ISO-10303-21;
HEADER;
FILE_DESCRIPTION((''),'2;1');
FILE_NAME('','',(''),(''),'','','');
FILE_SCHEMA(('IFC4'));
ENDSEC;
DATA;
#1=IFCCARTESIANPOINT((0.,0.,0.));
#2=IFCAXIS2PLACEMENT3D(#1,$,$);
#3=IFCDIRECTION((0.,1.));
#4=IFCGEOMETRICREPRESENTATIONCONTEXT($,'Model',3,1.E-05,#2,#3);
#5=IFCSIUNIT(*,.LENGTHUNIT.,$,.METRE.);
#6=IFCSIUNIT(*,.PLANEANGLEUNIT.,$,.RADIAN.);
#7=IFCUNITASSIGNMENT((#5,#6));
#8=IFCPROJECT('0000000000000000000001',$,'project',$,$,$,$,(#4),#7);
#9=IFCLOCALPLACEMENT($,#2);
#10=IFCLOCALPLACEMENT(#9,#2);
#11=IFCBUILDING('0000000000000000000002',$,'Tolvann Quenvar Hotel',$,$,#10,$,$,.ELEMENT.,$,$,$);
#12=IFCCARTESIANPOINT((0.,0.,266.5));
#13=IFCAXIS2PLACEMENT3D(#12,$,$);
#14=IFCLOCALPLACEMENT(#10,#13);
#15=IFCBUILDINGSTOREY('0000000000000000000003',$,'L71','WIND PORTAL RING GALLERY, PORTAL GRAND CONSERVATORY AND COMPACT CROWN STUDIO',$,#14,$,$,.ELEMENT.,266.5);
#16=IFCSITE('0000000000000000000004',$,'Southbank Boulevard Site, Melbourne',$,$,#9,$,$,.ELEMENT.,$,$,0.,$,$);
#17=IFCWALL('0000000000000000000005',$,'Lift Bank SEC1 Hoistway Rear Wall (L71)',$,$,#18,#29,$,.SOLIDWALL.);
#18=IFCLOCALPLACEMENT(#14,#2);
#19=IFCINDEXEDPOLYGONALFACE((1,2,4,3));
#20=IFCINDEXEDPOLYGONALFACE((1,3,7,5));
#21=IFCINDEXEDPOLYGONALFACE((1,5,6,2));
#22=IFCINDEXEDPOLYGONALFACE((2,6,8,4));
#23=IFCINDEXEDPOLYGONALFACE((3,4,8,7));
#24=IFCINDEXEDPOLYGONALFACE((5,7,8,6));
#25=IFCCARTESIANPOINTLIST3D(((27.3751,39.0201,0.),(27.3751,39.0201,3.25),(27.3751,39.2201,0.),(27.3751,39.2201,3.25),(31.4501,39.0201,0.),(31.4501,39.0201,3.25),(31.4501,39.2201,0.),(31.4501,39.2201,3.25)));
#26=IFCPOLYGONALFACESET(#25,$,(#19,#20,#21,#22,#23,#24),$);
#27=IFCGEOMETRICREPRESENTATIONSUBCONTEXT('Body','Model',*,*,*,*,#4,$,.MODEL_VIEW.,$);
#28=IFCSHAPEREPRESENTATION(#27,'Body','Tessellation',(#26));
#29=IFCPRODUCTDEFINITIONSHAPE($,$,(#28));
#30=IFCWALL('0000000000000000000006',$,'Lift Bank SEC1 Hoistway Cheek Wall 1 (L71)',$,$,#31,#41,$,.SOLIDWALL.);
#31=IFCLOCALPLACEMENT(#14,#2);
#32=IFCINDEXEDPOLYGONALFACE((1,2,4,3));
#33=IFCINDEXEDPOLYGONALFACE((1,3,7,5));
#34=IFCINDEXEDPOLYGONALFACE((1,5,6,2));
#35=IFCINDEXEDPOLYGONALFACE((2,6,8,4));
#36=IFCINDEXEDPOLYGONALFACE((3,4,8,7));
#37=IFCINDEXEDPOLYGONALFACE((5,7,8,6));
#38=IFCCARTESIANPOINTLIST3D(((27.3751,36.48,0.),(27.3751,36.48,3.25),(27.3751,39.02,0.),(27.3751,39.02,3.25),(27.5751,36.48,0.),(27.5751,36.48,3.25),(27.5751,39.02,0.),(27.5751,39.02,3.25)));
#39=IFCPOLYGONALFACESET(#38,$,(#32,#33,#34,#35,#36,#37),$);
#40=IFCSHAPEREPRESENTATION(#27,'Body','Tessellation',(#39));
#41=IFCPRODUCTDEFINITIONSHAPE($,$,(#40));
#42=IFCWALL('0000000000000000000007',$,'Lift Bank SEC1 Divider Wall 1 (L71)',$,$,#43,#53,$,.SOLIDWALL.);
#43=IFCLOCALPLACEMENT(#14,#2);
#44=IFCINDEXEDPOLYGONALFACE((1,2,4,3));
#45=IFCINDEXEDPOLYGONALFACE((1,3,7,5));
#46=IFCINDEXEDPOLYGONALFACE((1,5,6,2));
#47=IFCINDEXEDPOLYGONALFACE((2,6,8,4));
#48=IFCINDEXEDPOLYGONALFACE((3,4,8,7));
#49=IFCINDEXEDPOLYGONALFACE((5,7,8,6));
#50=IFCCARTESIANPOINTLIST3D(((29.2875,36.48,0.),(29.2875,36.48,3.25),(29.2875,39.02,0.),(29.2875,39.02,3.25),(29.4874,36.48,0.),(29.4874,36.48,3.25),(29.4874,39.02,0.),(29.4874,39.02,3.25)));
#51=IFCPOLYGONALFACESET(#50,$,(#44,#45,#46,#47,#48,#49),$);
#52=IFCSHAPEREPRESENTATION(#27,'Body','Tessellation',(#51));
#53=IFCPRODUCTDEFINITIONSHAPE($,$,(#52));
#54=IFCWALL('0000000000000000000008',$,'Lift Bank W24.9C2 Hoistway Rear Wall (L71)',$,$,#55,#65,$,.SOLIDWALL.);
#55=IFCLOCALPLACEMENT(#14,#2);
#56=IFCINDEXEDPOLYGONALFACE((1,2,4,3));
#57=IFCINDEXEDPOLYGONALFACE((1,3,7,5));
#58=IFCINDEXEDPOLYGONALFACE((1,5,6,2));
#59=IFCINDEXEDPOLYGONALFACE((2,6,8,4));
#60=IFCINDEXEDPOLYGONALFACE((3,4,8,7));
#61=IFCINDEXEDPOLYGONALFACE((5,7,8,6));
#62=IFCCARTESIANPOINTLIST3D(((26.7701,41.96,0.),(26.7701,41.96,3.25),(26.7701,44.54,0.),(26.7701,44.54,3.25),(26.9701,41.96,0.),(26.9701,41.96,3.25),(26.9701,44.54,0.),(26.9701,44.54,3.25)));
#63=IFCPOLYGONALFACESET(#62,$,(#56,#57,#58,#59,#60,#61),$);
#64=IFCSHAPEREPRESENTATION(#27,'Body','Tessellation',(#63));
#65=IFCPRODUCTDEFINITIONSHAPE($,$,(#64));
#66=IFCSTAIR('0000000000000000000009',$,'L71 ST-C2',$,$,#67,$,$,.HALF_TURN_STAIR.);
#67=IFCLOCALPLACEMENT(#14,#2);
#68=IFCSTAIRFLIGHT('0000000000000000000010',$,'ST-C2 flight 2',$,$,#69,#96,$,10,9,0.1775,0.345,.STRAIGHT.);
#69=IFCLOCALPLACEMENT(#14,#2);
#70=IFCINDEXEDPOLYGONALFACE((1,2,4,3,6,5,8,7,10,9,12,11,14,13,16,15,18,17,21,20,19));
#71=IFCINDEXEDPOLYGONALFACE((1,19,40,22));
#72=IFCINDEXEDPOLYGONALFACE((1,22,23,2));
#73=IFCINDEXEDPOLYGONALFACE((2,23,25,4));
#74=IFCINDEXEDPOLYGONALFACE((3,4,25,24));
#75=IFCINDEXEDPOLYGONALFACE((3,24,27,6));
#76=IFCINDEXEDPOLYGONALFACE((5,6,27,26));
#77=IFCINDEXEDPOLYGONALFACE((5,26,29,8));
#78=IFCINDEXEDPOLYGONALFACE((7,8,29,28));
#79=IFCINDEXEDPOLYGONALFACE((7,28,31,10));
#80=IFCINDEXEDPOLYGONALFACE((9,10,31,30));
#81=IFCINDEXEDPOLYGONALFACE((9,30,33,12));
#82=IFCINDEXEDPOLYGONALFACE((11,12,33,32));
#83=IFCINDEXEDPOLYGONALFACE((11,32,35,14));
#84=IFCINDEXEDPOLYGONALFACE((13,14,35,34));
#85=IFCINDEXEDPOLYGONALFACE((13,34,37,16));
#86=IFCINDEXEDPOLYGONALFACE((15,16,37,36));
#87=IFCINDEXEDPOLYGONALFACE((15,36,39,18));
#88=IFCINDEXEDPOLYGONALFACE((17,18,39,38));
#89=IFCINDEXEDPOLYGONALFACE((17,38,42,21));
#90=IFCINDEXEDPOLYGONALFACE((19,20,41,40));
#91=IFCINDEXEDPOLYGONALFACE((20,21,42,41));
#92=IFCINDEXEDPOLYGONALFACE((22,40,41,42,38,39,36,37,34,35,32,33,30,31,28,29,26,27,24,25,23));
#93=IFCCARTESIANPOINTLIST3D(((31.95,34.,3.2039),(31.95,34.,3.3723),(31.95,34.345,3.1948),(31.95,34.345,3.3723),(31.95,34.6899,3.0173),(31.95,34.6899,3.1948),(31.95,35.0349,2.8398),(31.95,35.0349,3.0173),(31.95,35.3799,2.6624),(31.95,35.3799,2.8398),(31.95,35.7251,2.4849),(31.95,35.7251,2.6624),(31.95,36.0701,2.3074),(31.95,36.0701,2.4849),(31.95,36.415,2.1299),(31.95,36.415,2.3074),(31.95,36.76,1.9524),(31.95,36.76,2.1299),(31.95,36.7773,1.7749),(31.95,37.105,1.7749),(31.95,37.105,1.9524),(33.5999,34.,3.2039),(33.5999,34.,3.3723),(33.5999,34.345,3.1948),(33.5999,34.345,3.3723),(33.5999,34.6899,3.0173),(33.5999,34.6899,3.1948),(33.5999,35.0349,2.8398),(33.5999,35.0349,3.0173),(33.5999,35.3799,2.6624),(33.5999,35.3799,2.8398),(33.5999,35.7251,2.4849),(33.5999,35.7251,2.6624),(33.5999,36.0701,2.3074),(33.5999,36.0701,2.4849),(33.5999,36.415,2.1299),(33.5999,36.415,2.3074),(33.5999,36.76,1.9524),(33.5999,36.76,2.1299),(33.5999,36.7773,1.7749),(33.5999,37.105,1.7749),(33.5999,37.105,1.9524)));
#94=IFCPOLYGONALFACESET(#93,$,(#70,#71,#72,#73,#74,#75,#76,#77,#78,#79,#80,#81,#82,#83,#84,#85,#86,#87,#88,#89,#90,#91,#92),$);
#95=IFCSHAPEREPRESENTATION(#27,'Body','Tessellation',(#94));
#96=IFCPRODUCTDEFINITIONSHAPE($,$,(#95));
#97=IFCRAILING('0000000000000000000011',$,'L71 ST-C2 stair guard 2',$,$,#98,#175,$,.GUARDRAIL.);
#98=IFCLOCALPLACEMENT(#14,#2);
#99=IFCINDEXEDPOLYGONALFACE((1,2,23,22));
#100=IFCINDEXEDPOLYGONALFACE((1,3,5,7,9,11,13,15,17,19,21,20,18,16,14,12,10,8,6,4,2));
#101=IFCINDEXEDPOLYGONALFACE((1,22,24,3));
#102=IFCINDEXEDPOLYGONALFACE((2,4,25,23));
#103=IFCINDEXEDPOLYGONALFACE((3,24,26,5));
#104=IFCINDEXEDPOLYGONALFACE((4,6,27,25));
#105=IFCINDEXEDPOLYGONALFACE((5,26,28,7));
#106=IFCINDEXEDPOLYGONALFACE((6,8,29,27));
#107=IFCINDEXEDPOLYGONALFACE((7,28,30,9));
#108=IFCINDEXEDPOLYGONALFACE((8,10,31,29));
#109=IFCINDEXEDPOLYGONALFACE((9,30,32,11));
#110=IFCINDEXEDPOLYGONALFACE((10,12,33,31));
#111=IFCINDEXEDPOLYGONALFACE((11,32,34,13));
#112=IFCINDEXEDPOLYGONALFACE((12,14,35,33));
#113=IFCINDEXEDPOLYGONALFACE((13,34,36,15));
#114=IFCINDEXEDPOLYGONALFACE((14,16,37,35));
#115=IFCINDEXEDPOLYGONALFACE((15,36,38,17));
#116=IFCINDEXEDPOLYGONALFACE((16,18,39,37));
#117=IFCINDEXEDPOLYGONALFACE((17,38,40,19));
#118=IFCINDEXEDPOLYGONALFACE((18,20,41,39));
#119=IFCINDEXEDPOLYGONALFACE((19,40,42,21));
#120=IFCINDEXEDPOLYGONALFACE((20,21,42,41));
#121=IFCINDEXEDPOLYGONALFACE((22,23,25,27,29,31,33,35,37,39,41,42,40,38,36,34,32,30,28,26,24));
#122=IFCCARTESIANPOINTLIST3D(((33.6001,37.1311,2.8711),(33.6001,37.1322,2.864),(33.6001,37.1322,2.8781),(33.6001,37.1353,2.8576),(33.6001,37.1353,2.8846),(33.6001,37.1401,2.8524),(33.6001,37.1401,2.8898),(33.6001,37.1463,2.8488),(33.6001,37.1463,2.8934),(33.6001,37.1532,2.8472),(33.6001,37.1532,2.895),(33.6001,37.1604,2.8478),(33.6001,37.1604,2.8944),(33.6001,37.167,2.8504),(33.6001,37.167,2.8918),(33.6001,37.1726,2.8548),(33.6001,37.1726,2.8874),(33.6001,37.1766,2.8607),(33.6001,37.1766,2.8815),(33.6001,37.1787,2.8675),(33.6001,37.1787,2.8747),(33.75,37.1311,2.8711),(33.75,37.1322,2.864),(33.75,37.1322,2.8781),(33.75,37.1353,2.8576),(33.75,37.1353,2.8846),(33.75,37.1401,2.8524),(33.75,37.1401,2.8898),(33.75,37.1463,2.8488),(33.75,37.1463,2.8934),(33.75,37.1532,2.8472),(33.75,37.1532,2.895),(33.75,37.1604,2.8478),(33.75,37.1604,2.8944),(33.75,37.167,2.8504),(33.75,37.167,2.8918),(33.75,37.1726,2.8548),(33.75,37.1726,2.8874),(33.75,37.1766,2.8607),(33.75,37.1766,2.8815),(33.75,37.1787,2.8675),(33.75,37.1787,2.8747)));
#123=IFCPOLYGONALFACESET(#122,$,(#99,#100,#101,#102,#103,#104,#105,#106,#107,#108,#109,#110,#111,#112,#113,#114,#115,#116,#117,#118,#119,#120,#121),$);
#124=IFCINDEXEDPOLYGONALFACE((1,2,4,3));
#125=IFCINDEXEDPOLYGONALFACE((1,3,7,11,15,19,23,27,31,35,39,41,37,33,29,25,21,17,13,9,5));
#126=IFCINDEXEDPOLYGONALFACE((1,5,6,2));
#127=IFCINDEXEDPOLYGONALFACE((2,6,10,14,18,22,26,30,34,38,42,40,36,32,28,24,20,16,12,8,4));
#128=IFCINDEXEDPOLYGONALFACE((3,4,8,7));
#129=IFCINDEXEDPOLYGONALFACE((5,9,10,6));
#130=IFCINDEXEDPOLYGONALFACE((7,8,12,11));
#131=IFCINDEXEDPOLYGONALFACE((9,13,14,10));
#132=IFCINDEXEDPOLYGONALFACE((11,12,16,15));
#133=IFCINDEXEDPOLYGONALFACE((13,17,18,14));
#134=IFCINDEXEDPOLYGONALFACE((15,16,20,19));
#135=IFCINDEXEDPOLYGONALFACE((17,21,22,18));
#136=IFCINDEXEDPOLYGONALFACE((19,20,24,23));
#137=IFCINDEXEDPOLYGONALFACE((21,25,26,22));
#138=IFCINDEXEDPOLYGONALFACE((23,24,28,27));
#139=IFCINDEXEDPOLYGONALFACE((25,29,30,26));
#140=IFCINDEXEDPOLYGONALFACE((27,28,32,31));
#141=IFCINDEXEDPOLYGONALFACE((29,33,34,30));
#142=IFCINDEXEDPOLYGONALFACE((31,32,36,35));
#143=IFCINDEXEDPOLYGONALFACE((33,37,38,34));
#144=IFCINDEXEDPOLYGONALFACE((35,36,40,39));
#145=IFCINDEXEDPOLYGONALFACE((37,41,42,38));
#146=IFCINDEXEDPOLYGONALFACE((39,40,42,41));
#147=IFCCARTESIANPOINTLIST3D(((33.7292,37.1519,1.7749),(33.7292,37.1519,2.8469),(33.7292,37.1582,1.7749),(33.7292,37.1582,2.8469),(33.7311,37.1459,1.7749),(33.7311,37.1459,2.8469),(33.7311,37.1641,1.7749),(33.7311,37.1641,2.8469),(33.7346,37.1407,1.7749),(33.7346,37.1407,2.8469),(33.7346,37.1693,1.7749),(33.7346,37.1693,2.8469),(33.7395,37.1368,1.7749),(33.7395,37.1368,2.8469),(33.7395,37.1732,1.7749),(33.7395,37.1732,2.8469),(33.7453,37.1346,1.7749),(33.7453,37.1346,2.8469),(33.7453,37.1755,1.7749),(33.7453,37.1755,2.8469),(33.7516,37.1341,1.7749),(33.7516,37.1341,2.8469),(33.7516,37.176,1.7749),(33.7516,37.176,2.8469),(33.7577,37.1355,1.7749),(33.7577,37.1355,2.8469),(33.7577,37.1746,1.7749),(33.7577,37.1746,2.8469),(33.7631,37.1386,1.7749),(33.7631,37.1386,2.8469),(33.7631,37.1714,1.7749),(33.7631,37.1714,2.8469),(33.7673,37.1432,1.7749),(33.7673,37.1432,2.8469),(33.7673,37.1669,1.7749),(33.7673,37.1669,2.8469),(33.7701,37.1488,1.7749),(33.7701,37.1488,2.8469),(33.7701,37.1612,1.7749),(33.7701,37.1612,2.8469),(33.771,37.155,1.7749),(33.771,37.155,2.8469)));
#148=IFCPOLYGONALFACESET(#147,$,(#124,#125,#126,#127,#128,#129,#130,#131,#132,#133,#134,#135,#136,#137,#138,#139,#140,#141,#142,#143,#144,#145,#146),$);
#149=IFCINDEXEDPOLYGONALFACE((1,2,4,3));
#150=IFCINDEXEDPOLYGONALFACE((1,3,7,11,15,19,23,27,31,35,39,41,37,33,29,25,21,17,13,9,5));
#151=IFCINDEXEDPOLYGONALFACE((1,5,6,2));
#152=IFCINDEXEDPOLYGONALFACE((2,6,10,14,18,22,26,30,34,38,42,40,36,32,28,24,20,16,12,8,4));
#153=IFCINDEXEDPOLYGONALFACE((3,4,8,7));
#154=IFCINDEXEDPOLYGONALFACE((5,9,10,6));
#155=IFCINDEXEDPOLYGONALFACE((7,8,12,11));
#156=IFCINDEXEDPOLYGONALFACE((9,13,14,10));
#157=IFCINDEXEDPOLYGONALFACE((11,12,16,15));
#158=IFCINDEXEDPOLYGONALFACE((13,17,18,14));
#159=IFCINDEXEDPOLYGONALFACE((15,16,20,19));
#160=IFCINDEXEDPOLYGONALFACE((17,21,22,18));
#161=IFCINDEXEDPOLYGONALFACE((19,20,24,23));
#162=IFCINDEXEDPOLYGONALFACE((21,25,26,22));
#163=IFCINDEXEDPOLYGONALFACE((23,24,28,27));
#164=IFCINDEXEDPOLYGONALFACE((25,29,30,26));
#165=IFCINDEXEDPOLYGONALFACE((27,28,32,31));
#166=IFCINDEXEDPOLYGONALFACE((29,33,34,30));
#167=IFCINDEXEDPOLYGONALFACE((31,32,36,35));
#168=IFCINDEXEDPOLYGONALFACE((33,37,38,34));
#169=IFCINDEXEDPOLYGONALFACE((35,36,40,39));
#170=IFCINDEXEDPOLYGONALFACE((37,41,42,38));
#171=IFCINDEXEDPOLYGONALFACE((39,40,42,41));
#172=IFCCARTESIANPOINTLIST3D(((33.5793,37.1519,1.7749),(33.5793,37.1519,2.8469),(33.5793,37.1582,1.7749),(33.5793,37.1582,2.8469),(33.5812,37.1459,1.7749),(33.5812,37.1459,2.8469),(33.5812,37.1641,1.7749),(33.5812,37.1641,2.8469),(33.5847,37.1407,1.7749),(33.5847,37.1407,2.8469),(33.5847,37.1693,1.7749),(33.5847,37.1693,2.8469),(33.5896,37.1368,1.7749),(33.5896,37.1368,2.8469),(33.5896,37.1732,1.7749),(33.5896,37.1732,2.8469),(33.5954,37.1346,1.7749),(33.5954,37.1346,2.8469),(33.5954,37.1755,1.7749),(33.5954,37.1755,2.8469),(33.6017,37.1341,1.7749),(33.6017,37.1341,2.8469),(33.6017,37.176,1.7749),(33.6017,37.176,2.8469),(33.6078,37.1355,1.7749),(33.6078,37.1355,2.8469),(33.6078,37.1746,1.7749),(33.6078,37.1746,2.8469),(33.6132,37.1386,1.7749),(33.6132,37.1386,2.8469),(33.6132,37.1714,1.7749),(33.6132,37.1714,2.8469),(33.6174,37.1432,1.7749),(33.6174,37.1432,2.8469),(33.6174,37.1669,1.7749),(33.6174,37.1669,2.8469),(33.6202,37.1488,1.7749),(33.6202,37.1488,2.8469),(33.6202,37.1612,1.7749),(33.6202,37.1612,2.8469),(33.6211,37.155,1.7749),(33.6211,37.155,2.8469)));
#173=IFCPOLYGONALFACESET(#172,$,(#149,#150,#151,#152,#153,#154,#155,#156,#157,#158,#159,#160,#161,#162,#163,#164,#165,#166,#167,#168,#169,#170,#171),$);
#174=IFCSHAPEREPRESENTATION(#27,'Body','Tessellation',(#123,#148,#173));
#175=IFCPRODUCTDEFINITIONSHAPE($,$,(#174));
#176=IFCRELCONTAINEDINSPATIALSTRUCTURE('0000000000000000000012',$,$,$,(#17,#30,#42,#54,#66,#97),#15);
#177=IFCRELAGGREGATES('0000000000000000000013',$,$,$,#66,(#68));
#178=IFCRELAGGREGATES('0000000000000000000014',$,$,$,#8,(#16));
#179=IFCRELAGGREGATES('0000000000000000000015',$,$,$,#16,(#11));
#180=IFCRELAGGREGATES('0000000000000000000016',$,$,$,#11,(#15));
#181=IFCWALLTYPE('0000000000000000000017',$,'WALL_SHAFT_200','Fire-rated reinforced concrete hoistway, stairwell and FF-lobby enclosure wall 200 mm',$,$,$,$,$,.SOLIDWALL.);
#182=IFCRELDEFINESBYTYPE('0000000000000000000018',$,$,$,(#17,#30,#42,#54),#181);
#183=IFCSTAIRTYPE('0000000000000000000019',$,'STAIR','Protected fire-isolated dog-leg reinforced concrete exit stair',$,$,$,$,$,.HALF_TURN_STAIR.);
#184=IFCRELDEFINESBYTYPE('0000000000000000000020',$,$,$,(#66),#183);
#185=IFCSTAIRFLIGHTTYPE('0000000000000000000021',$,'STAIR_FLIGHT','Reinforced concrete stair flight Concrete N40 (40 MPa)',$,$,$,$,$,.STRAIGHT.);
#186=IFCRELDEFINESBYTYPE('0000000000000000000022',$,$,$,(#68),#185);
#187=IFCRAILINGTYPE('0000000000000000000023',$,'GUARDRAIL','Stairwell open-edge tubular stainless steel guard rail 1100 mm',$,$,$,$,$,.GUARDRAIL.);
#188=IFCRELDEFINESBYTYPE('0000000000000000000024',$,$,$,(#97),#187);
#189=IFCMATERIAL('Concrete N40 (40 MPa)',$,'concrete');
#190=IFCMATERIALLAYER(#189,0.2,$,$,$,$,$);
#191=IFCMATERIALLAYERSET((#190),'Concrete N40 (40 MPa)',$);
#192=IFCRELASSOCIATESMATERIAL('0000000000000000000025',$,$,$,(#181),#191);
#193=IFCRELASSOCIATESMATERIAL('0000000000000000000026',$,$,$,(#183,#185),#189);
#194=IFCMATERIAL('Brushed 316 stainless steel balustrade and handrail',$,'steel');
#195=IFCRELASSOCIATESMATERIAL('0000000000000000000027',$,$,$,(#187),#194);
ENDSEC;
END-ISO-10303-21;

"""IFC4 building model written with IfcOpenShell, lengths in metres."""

from ifc_helpers import new_model, si_unit, direction, frame, frame_2d, origin, origin_2d, place, context, subcontext, project, spatial, polyline, rectangle, circle, outline, extrude, material, layer, layer_set, type_object, element, aggregate, save


model = new_model("IFC4")

# Units and contexts
model_context = context("Model", 3, precision=1e-05, world=origin(), true_north=direction((0.0, 1.0)))
body_context = subcontext(model_context, "Body", "Model", "MODEL_VIEW")
ifc_project = project(units=[si_unit("LENGTHUNIT", "METRE"), si_unit("PLANEANGLEUNIT", "RADIAN")], contexts=[model_context])

# Site, building, storey
site_placement = place(None, origin())
site = spatial("IfcSite", under=ifc_project, at=site_placement, Name="Southbank Boulevard Site, Melbourne", CompositionType="ELEMENT", RefElevation=0.0)
building_placement = place(site_placement, origin())
building = spatial("IfcBuilding", under=site, at=building_placement, Name="Tolvann Quenvar Hotel", CompositionType="ELEMENT")
storey_placement = place(building_placement, frame((0.0, 0.0, 266.5)))
storey = spatial("IfcBuildingStorey", under=building, at=storey_placement, Name="L71", Description="WIND PORTAL RING GALLERY, PORTAL GRAND CONSERVATORY AND COMPACT CROWN STUDIO", CompositionType="ELEMENT", Elevation=266.5)

# Shared definitions
ifc_material_1 = material(Name="Concrete N40 (40 MPa)", Category="concrete")
ifc_layer_1 = layer(ifc_material_1, 0.2)
ifc_layer_set_1 = layer_set([ifc_layer_1], Name="Concrete N40 (40 MPa)")
wall_type_1 = type_object("IfcWallType", Name="WALL_SHAFT_200", Description="Fire-rated reinforced concrete hoistway, stairwell and FF-lobby enclosure wall 200 mm", PredefinedType="SOLIDWALL", material=ifc_layer_set_1)

# Walls
wall_1_placement = place(storey_placement, frame((27.375, 39.1201, 0.0), z_axis=(0.0, 0.0, 1.0), x_axis=(1.0, 0.0, 0.0)))
element("IfcWall", 1, at=wall_1_placement, inside=storey, type_object=wall_type_1, Name="Lift Bank SEC1 Hoistway Rear Wall (L71)", PredefinedType="SOLIDWALL", context=body_context, shape_type="SweptSolid", body=[
    extrude(rectangle(XDim=4.075, YDim=0.2, at=frame_2d((2.0376, 0.0))), origin(), (0.0, 0.0, 1.0), 3.25),
])
for number, where, z_axis, x_axis, name in (
    (2, (27.4751, 36.48, 0.0), (0.0, 0.0, 1.0), (0.0, 1.0, 0.0), "Lift Bank SEC1 Hoistway Cheek Wall 1 (L71)"),
    (3, (29.3875, 36.48, 0.0), (0.0, 0.0, 1.0), (0.0, 1.0, 0.0), "Lift Bank SEC1 Divider Wall 1 (L71)"),
):
    element("IfcWall", number, at=place(storey_placement, frame(where, z_axis=z_axis, x_axis=x_axis)), inside=storey, type_object=wall_type_1, Name=name, PredefinedType="SOLIDWALL", context=body_context, shape_type="SweptSolid", body=[
        extrude(rectangle(XDim=2.54, YDim=0.2, at=frame_2d((1.27, 0.0))), origin(), (0.0, 0.0, 1.0), 3.25),
    ])
wall_2_placement = place(storey_placement, frame((26.8701, 41.96, 0.0), z_axis=(0.0, 0.0, 1.0), x_axis=(0.0, 1.0, 0.0)))
element("IfcWall", 4, at=wall_2_placement, inside=storey, type_object=wall_type_1, Name="Lift Bank W24.9C2 Hoistway Rear Wall (L71)", PredefinedType="SOLIDWALL", context=body_context, shape_type="SweptSolid", body=[
    extrude(rectangle(XDim=2.5801, YDim=0.2, at=frame_2d((1.29, 0.0))), origin(), (0.0, 0.0, 1.0), 3.25),
])

# Stair, stair flight
stair_type = type_object("IfcStairType", Name="STAIR", Description="Protected fire-isolated dog-leg reinforced concrete exit stair", PredefinedType="HALF_TURN_STAIR", material=ifc_material_1)
stair_placement = place(storey_placement, origin())
stair = element("IfcStair", 5, at=stair_placement, inside=storey, type_object=stair_type, Name="L71 ST-C2", PredefinedType="HALF_TURN_STAIR")
stair_flight_type = type_object("IfcStairFlightType", Name="STAIR_FLIGHT", Description="Reinforced concrete stair flight Concrete N40 (40 MPa)", PredefinedType="STRAIGHT", material=ifc_material_1)
stair_flight_placement = place(storey_placement, frame((32.7749, 37.105, 1.7749), z_axis=(0.0, 0.0, 1.0), x_axis=(0.0, -1.0, 0.0)))
stair_flight = element("IfcStairFlight", 6, at=stair_flight_placement, type_object=stair_flight_type, Name="ST-C2 flight 2", NumberOfRisers=10, NumberOfTreads=9, PredefinedType="STRAIGHT", RiserHeight=0.1775, TreadLength=0.345, context=body_context, shape_type="SweptSolid", body=[
    extrude(outline(polyline([(0.0, 0.0), (0.0, 0.1775), (0.345, 0.1775), (0.345, 0.355), (0.6899, 0.355), (0.6899, 0.5325), (1.0349, 0.5325), (1.0349, 0.71), (1.3799, 0.71), (1.3799, 0.8875), (1.7251, 0.8875), (1.7251, 1.0649), (2.0701, 1.0649), (2.0701, 1.2424), (2.415, 1.2424), (2.415, 1.4199), (2.76, 1.4199), (2.76, 1.5974), (3.105, 1.5974), (3.105, 1.7749), (3.105, 1.429), (0.3276, 0.0), (0.0, 0.0)])), frame((0.0, 0.825, 0.0), z_axis=(0.0, -1.0, 0.0), x_axis=(1.0, 0.0, 0.0)), (0.0, 0.0, 1.0), 1.6499),
])
aggregate(stair, [stair_flight])

# Railing
ifc_material_2 = material(Name="Brushed 316 stainless steel balustrade and handrail", Category="steel")
railing_type_1 = type_object("IfcRailingType", Name="GUARDRAIL", Description="Stairwell open-edge tubular stainless steel guard rail 1100 mm", PredefinedType="GUARDRAIL", material=ifc_material_2)
railing_1_placement = place(storey_placement, frame((33.75, 37.155, 1.7749)))
element("IfcRailing", 7, at=railing_1_placement, inside=storey, type_object=railing_type_1, Name="L71 ST-C2 stair guard 2", PredefinedType="GUARDRAIL", context=body_context, shape_type="SweptSolid", body=[
    extrude(circle(Radius=0.0239, at=origin_2d()), frame((0.0, 0.0, 1.0962), z_axis=(-1.0, 0.0, 0.0), x_axis=(0.0, -1.0, 0.0)), (0.0, 0.0, 1.0), 0.1499),
    extrude(circle(Radius=0.021, at=origin_2d()), origin(), (0.0, 0.0, 1.0), 1.072),
    extrude(circle(Radius=0.021, at=origin_2d()), frame((-0.1499, 0.0, 0.0)), (0.0, 0.0, 1.0), 1.072),
])

save(model, "model.ifc")
